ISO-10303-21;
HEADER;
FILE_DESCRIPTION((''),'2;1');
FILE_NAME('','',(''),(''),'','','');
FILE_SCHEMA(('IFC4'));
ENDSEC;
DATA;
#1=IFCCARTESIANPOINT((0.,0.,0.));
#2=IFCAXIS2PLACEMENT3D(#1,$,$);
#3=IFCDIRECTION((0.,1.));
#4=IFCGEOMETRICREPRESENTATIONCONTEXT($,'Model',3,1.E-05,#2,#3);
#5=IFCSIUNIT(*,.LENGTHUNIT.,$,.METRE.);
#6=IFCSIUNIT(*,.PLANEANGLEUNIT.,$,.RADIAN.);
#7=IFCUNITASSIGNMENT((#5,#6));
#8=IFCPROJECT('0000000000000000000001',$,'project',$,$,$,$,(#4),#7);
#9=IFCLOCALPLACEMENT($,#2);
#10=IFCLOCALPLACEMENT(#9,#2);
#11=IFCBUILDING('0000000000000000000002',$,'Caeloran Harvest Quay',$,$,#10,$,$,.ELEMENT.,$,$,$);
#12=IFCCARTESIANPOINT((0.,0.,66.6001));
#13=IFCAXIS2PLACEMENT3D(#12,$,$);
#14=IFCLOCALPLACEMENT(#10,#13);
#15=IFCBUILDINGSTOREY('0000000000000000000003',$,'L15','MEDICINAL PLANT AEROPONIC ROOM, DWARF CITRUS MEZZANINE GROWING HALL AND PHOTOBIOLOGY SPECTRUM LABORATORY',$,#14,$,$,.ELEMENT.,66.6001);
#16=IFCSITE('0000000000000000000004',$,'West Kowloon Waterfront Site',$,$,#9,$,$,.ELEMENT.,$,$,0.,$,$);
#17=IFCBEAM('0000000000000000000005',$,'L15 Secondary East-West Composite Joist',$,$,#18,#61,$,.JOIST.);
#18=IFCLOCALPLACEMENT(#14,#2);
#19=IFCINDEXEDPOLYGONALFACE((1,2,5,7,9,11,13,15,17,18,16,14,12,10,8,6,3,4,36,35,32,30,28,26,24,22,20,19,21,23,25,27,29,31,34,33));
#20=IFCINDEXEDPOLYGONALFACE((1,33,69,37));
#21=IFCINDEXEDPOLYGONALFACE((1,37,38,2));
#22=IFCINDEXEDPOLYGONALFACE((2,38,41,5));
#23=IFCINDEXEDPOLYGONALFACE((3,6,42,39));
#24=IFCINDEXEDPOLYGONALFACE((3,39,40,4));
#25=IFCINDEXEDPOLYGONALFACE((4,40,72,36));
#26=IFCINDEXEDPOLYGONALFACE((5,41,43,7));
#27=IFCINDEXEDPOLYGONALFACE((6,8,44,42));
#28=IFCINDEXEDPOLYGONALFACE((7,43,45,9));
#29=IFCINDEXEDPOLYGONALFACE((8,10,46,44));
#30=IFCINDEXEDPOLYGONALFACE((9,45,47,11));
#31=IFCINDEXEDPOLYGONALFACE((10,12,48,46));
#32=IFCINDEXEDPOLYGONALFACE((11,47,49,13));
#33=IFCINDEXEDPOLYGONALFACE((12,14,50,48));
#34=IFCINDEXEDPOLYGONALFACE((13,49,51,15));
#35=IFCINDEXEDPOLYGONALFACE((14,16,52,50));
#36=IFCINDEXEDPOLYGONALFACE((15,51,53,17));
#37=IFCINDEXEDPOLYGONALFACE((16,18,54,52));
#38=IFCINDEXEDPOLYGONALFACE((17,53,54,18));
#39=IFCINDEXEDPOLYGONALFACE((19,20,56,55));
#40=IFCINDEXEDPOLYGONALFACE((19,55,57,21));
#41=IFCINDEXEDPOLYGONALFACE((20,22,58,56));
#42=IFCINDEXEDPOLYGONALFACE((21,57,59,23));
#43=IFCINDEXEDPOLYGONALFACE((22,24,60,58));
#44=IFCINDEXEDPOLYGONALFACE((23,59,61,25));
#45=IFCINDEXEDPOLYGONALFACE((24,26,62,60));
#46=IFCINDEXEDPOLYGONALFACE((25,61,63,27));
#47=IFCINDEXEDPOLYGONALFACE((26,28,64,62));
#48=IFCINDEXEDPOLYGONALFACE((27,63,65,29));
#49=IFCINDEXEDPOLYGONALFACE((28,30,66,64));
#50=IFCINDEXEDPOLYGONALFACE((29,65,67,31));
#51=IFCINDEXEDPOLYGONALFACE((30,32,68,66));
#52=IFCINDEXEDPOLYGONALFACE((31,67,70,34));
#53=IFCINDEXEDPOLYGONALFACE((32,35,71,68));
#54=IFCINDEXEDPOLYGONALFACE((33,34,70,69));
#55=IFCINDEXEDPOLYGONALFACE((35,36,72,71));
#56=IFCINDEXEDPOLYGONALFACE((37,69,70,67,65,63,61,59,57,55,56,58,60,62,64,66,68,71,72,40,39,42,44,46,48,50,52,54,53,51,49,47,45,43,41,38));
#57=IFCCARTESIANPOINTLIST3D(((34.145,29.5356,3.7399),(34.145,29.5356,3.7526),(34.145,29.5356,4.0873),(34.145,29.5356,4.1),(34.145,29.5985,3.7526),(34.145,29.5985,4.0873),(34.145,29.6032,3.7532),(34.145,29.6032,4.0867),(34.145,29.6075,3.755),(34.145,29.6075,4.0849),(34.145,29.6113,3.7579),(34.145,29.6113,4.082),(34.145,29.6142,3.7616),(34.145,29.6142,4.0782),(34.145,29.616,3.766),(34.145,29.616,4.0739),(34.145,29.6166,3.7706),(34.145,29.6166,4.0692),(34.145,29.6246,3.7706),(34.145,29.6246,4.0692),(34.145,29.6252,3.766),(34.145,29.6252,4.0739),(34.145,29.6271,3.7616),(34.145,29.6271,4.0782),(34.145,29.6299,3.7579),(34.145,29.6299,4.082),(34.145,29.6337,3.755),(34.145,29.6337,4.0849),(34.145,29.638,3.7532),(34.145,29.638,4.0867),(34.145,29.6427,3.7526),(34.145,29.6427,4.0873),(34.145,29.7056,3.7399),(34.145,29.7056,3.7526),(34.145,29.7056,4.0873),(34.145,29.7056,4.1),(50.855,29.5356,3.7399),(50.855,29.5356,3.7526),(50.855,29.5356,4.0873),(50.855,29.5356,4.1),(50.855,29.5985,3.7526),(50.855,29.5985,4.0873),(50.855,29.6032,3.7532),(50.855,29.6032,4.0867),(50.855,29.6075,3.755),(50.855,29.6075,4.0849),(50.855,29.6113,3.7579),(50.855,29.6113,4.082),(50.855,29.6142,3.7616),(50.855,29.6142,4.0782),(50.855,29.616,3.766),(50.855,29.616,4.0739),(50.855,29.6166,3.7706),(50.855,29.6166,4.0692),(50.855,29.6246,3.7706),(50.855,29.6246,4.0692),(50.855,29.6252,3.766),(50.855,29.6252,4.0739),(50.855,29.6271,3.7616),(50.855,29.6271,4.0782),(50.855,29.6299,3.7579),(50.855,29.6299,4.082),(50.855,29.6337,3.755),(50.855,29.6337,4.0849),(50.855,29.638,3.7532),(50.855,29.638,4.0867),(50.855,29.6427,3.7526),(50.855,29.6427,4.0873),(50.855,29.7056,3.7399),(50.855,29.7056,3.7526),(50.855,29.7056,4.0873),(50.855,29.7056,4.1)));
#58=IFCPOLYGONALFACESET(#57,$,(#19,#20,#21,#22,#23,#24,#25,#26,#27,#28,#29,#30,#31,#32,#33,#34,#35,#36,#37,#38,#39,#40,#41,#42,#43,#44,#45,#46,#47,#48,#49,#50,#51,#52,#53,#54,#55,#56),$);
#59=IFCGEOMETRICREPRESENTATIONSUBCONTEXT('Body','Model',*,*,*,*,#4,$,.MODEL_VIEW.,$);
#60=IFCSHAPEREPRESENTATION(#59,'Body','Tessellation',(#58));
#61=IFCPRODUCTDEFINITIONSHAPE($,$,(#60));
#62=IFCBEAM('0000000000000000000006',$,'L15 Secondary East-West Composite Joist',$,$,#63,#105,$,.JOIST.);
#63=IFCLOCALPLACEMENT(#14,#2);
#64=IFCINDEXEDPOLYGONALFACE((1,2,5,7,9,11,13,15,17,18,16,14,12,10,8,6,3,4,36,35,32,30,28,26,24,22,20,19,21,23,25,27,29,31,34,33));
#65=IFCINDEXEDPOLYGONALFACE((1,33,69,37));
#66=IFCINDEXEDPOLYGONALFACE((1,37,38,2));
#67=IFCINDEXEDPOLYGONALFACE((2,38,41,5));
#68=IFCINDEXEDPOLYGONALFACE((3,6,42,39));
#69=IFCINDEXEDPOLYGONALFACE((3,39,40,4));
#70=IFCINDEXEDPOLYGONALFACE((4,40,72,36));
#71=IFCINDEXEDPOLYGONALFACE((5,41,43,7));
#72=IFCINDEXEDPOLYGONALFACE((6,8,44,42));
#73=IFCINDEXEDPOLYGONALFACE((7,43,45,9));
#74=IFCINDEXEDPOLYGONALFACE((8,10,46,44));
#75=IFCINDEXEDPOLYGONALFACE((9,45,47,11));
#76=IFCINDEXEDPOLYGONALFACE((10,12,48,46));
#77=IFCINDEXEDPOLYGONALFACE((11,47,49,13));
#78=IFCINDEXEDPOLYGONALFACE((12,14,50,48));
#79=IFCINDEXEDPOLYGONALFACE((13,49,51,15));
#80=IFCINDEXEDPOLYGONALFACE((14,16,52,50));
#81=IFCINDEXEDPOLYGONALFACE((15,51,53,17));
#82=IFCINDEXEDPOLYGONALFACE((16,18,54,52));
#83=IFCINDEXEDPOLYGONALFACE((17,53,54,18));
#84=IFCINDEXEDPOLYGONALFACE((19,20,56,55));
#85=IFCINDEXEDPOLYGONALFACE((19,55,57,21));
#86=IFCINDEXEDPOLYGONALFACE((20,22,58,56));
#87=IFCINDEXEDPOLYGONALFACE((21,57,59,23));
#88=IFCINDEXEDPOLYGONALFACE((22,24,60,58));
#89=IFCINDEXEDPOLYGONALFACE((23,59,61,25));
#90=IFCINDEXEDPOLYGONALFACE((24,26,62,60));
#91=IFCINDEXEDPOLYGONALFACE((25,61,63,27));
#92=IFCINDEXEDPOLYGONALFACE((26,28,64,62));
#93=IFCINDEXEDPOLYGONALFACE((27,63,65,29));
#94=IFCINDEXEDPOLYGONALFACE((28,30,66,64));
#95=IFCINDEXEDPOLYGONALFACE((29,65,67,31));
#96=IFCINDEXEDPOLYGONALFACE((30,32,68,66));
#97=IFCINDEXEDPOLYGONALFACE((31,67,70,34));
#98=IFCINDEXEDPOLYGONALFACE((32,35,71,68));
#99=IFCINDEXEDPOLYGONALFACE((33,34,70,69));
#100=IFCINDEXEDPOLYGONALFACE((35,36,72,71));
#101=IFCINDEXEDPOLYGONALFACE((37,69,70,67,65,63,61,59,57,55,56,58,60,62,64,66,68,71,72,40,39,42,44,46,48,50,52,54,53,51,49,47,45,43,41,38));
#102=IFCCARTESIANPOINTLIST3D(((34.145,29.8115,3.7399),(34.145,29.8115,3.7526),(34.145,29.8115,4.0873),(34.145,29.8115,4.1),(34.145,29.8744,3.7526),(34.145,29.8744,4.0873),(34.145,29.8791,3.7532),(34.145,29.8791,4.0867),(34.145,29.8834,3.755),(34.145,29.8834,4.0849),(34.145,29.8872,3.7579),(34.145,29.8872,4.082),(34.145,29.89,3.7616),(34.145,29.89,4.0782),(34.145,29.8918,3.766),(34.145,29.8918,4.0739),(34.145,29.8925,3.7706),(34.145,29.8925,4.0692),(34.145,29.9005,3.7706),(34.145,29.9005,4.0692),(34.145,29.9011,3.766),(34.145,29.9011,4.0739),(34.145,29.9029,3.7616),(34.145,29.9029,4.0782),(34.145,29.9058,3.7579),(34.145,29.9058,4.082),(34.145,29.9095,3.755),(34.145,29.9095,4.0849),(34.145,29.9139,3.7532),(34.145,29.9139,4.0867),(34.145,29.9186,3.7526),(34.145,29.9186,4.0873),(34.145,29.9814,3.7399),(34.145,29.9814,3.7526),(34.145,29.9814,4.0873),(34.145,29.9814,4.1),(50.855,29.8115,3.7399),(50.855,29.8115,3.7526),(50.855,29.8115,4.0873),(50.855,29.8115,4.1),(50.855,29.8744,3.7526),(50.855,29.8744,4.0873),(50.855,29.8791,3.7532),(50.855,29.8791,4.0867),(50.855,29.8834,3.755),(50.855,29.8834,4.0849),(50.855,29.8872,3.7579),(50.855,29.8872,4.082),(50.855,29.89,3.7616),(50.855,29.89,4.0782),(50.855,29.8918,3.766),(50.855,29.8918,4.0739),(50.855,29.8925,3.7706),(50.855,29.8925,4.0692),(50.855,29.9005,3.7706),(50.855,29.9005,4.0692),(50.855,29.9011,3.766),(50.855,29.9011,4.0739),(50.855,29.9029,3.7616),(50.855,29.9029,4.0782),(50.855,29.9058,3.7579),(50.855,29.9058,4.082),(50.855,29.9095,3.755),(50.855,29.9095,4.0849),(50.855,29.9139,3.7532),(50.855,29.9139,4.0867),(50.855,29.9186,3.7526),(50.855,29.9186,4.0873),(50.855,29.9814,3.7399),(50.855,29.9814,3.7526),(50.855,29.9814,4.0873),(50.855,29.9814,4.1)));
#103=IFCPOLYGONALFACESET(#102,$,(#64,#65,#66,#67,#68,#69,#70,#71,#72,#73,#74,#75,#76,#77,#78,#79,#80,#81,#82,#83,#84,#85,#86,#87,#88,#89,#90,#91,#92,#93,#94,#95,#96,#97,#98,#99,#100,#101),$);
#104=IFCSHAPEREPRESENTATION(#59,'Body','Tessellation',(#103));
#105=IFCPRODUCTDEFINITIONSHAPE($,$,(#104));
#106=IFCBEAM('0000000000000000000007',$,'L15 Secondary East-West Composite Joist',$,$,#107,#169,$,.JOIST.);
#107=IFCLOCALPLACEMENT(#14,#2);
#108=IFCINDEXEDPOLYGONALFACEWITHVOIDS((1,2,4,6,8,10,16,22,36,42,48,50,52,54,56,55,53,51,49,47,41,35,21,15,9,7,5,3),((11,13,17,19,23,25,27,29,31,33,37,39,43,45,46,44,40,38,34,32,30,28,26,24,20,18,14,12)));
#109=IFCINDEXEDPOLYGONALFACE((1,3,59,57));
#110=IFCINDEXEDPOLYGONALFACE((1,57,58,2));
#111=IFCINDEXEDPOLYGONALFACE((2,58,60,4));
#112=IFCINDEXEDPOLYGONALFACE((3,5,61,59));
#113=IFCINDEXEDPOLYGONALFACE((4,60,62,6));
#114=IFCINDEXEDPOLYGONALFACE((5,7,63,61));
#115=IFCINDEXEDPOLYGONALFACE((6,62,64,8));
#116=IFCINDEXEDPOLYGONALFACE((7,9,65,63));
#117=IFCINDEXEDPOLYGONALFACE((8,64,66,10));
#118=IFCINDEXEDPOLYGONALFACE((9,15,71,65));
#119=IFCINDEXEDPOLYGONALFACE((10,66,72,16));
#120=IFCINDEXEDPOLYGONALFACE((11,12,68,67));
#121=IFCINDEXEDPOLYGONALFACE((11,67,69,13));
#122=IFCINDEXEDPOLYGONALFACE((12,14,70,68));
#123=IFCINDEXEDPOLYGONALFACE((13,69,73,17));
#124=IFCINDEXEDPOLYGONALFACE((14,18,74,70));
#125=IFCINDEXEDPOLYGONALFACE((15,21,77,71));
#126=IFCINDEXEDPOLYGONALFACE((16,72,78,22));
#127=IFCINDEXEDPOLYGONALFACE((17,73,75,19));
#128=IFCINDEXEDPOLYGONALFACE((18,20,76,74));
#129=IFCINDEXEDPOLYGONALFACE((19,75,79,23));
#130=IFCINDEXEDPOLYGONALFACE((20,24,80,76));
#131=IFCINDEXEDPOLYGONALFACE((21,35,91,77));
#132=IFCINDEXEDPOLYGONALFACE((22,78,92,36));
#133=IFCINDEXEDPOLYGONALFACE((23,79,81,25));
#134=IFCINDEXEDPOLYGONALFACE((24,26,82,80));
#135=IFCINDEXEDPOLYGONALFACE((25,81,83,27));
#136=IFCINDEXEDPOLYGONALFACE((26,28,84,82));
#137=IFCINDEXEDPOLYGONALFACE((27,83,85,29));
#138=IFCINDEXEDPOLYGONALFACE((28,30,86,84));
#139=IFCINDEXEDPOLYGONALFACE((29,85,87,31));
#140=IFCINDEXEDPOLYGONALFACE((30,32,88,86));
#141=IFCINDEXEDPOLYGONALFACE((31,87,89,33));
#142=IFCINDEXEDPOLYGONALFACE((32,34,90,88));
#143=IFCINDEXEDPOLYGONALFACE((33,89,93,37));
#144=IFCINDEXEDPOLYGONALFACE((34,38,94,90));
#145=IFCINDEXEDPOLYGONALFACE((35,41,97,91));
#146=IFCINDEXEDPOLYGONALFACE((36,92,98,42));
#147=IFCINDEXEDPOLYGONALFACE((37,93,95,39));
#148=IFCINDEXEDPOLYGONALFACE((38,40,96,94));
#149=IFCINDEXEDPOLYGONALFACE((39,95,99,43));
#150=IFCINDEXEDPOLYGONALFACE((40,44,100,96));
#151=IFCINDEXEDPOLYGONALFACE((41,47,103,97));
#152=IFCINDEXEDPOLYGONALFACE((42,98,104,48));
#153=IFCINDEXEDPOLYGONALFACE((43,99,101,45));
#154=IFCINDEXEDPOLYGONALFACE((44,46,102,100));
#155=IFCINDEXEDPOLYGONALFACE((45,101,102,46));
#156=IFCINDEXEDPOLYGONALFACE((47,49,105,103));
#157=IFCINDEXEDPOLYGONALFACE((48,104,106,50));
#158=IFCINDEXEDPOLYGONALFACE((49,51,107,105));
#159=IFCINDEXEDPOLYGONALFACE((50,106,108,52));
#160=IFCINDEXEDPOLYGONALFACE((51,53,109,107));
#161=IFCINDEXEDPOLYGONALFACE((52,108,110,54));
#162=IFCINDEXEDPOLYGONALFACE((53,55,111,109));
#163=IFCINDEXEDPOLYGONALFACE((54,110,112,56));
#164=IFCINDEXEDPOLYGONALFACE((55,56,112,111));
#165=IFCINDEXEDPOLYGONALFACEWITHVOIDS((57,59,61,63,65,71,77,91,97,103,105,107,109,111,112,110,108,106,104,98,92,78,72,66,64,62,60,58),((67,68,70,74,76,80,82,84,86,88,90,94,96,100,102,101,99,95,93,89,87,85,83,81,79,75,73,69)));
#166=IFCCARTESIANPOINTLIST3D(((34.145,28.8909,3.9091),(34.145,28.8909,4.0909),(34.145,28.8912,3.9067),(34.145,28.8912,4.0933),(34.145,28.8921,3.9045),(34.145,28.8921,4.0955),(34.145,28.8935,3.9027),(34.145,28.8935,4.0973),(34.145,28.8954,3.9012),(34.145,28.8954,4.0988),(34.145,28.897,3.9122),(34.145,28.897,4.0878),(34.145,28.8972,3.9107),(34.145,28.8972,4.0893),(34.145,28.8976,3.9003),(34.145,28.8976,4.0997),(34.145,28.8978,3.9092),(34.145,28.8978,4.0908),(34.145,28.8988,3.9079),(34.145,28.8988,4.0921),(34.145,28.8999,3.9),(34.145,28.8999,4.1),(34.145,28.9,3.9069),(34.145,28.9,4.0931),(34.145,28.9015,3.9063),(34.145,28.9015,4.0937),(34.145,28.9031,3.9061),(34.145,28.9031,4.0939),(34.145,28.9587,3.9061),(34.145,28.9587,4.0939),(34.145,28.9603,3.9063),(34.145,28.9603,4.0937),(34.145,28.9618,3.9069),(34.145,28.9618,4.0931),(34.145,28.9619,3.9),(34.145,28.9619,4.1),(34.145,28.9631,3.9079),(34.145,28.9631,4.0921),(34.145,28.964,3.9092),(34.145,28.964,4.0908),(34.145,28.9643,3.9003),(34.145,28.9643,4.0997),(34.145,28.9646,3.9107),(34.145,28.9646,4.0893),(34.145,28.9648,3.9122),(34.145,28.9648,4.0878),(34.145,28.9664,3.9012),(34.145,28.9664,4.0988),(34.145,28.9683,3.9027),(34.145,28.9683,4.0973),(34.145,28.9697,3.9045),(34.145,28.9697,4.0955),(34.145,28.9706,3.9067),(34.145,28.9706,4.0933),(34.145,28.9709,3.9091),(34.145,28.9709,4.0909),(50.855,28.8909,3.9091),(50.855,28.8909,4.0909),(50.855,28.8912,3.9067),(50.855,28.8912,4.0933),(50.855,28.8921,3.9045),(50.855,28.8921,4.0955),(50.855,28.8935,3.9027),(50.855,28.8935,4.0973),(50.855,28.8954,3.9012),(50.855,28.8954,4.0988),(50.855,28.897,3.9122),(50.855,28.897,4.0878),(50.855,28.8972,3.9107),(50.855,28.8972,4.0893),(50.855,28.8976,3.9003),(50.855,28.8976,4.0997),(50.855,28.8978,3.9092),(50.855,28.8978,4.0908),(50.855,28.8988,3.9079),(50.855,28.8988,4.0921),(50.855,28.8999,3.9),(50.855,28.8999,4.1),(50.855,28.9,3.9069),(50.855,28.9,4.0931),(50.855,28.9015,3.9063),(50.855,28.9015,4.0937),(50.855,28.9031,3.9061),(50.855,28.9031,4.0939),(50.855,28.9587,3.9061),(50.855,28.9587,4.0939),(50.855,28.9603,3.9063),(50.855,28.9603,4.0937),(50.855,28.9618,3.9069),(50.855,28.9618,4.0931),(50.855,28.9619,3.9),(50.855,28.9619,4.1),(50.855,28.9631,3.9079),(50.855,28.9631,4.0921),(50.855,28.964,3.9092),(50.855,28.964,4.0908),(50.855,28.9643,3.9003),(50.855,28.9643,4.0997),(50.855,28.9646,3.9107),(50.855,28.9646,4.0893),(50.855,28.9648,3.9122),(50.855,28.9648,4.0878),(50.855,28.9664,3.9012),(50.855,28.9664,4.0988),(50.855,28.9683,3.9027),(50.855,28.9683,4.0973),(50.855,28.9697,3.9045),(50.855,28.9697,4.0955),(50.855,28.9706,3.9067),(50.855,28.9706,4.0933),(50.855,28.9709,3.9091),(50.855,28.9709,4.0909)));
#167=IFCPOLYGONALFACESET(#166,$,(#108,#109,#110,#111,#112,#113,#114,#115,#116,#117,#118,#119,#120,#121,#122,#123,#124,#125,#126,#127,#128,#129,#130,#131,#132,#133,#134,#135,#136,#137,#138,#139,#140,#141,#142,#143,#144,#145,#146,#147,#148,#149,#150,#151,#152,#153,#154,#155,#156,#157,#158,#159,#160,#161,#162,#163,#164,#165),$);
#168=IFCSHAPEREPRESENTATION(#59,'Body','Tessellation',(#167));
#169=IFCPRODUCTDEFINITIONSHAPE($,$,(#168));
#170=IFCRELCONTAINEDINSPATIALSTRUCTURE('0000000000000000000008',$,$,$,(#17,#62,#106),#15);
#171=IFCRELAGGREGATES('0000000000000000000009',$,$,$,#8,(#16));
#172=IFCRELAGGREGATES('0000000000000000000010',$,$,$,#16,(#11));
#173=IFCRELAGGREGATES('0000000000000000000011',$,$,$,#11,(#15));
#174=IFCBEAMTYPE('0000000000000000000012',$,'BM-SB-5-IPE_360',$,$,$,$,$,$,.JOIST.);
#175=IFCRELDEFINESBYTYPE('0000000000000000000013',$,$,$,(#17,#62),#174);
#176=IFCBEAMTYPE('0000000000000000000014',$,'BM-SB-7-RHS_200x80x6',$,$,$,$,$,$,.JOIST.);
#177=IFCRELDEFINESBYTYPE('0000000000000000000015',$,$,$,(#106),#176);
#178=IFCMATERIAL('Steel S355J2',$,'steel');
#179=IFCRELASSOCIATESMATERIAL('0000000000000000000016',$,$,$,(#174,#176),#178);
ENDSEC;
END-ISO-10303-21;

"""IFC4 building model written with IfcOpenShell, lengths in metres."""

from ifc_helpers import new_model, si_unit, direction, frame, origin, origin_2d, place, context, subcontext, project, spatial, hollow_rectangle, i_section, extrude, material, material_profile, profile_set, type_object, element, save


model = new_model("IFC4")

# Units and contexts
model_context = context("Model", 3, precision=1e-05, world=origin(), true_north=direction((0.0, 1.0)))
body_context = subcontext(model_context, "Body", "Model", "MODEL_VIEW")
ifc_project = project(units=[si_unit("LENGTHUNIT", "METRE"), si_unit("PLANEANGLEUNIT", "RADIAN")], contexts=[model_context])

# Site, building, storey
site_placement = place(None, origin())
site = spatial("IfcSite", under=ifc_project, at=site_placement, Name="West Kowloon Waterfront Site", CompositionType="ELEMENT", RefElevation=0.0)
building_placement = place(site_placement, origin())
building = spatial("IfcBuilding", under=site, at=building_placement, Name="Caeloran Harvest Quay", CompositionType="ELEMENT")
storey_placement = place(building_placement, frame((0.0, 0.0, 66.6001)))
storey = spatial("IfcBuildingStorey", under=building, at=storey_placement, Name="L15", Description="MEDICINAL PLANT AEROPONIC ROOM, DWARF CITRUS MEZZANINE GROWING HALL AND PHOTOBIOLOGY SPECTRUM LABORATORY", CompositionType="ELEMENT", Elevation=66.6001)

# Beams
ifc_material_1 = material(Name="Steel S355J2", Category="steel")
ifc_material_profile_1 = material_profile(ifc_material_1, i_section(OverallWidth=0.1699, OverallDepth=0.3601, WebThickness=0.0081, FlangeThickness=0.0127, FilletRadius=0.0181, at=origin_2d()), Name="IPE 360")
ifc_profile_set_1 = profile_set([ifc_material_profile_1], Name="Steel S355J2")
beam_type_1 = type_object("IfcBeamType", Name="BM-SB-5-IPE_360", PredefinedType="JOIST", material=ifc_profile_set_1)
for number, where, z_axis, x_axis, name in (
    (1, (34.145, 29.6206, 3.9199), (1.0, 0.0, 0.0), (0.0, 1.0, 0.0), "L15 Secondary East-West Composite Joist"),
    (2, (34.145, 29.8965, 3.9199), (1.0, 0.0, 0.0), (0.0, 1.0, 0.0), "L15 Secondary East-West Composite Joist"),
):
    element("IfcBeam", number, at=place(storey_placement, frame(where, z_axis=z_axis, x_axis=x_axis)), inside=storey, type_object=beam_type_1, Name=name, PredefinedType="JOIST", context=body_context, shape_type="SweptSolid", body=[
        extrude(i_section(OverallWidth=0.1699, OverallDepth=0.3601, WebThickness=0.0081, FlangeThickness=0.0127, FilletRadius=0.0181, at=origin_2d()), origin(), (0.0, 0.0, 1.0), 16.71),
    ])
ifc_material_profile_2 = material_profile(ifc_material_1, hollow_rectangle(XDim=0.0801, YDim=0.2, WallThickness=0.0061, InnerFilletRadius=0.0061, OuterFilletRadius=0.009, at=origin_2d()), Name="RHS 200x80x6")
ifc_profile_set_2 = profile_set([ifc_material_profile_2], Name="Steel S355J2")
beam_type_2 = type_object("IfcBeamType", Name="BM-SB-7-RHS_200x80x6", PredefinedType="JOIST", material=ifc_profile_set_2)
for number, where, z_axis, x_axis, name in (
    (3, (34.145, 28.9309, 4.0), (1.0, 0.0, 0.0), (0.0, 1.0, 0.0), "L15 Secondary East-West Composite Joist"),
):
    element("IfcBeam", number, at=place(storey_placement, frame(where, z_axis=z_axis, x_axis=x_axis)), inside=storey, type_object=beam_type_2, Name=name, PredefinedType="JOIST", context=body_context, shape_type="SweptSolid", body=[
        extrude(hollow_rectangle(XDim=0.0801, YDim=0.2, WallThickness=0.0061, InnerFilletRadius=0.0061, OuterFilletRadius=0.009, at=origin_2d()), origin(), (0.0, 0.0, 1.0), 16.71),
    ])

save(model, "model.ifc")
